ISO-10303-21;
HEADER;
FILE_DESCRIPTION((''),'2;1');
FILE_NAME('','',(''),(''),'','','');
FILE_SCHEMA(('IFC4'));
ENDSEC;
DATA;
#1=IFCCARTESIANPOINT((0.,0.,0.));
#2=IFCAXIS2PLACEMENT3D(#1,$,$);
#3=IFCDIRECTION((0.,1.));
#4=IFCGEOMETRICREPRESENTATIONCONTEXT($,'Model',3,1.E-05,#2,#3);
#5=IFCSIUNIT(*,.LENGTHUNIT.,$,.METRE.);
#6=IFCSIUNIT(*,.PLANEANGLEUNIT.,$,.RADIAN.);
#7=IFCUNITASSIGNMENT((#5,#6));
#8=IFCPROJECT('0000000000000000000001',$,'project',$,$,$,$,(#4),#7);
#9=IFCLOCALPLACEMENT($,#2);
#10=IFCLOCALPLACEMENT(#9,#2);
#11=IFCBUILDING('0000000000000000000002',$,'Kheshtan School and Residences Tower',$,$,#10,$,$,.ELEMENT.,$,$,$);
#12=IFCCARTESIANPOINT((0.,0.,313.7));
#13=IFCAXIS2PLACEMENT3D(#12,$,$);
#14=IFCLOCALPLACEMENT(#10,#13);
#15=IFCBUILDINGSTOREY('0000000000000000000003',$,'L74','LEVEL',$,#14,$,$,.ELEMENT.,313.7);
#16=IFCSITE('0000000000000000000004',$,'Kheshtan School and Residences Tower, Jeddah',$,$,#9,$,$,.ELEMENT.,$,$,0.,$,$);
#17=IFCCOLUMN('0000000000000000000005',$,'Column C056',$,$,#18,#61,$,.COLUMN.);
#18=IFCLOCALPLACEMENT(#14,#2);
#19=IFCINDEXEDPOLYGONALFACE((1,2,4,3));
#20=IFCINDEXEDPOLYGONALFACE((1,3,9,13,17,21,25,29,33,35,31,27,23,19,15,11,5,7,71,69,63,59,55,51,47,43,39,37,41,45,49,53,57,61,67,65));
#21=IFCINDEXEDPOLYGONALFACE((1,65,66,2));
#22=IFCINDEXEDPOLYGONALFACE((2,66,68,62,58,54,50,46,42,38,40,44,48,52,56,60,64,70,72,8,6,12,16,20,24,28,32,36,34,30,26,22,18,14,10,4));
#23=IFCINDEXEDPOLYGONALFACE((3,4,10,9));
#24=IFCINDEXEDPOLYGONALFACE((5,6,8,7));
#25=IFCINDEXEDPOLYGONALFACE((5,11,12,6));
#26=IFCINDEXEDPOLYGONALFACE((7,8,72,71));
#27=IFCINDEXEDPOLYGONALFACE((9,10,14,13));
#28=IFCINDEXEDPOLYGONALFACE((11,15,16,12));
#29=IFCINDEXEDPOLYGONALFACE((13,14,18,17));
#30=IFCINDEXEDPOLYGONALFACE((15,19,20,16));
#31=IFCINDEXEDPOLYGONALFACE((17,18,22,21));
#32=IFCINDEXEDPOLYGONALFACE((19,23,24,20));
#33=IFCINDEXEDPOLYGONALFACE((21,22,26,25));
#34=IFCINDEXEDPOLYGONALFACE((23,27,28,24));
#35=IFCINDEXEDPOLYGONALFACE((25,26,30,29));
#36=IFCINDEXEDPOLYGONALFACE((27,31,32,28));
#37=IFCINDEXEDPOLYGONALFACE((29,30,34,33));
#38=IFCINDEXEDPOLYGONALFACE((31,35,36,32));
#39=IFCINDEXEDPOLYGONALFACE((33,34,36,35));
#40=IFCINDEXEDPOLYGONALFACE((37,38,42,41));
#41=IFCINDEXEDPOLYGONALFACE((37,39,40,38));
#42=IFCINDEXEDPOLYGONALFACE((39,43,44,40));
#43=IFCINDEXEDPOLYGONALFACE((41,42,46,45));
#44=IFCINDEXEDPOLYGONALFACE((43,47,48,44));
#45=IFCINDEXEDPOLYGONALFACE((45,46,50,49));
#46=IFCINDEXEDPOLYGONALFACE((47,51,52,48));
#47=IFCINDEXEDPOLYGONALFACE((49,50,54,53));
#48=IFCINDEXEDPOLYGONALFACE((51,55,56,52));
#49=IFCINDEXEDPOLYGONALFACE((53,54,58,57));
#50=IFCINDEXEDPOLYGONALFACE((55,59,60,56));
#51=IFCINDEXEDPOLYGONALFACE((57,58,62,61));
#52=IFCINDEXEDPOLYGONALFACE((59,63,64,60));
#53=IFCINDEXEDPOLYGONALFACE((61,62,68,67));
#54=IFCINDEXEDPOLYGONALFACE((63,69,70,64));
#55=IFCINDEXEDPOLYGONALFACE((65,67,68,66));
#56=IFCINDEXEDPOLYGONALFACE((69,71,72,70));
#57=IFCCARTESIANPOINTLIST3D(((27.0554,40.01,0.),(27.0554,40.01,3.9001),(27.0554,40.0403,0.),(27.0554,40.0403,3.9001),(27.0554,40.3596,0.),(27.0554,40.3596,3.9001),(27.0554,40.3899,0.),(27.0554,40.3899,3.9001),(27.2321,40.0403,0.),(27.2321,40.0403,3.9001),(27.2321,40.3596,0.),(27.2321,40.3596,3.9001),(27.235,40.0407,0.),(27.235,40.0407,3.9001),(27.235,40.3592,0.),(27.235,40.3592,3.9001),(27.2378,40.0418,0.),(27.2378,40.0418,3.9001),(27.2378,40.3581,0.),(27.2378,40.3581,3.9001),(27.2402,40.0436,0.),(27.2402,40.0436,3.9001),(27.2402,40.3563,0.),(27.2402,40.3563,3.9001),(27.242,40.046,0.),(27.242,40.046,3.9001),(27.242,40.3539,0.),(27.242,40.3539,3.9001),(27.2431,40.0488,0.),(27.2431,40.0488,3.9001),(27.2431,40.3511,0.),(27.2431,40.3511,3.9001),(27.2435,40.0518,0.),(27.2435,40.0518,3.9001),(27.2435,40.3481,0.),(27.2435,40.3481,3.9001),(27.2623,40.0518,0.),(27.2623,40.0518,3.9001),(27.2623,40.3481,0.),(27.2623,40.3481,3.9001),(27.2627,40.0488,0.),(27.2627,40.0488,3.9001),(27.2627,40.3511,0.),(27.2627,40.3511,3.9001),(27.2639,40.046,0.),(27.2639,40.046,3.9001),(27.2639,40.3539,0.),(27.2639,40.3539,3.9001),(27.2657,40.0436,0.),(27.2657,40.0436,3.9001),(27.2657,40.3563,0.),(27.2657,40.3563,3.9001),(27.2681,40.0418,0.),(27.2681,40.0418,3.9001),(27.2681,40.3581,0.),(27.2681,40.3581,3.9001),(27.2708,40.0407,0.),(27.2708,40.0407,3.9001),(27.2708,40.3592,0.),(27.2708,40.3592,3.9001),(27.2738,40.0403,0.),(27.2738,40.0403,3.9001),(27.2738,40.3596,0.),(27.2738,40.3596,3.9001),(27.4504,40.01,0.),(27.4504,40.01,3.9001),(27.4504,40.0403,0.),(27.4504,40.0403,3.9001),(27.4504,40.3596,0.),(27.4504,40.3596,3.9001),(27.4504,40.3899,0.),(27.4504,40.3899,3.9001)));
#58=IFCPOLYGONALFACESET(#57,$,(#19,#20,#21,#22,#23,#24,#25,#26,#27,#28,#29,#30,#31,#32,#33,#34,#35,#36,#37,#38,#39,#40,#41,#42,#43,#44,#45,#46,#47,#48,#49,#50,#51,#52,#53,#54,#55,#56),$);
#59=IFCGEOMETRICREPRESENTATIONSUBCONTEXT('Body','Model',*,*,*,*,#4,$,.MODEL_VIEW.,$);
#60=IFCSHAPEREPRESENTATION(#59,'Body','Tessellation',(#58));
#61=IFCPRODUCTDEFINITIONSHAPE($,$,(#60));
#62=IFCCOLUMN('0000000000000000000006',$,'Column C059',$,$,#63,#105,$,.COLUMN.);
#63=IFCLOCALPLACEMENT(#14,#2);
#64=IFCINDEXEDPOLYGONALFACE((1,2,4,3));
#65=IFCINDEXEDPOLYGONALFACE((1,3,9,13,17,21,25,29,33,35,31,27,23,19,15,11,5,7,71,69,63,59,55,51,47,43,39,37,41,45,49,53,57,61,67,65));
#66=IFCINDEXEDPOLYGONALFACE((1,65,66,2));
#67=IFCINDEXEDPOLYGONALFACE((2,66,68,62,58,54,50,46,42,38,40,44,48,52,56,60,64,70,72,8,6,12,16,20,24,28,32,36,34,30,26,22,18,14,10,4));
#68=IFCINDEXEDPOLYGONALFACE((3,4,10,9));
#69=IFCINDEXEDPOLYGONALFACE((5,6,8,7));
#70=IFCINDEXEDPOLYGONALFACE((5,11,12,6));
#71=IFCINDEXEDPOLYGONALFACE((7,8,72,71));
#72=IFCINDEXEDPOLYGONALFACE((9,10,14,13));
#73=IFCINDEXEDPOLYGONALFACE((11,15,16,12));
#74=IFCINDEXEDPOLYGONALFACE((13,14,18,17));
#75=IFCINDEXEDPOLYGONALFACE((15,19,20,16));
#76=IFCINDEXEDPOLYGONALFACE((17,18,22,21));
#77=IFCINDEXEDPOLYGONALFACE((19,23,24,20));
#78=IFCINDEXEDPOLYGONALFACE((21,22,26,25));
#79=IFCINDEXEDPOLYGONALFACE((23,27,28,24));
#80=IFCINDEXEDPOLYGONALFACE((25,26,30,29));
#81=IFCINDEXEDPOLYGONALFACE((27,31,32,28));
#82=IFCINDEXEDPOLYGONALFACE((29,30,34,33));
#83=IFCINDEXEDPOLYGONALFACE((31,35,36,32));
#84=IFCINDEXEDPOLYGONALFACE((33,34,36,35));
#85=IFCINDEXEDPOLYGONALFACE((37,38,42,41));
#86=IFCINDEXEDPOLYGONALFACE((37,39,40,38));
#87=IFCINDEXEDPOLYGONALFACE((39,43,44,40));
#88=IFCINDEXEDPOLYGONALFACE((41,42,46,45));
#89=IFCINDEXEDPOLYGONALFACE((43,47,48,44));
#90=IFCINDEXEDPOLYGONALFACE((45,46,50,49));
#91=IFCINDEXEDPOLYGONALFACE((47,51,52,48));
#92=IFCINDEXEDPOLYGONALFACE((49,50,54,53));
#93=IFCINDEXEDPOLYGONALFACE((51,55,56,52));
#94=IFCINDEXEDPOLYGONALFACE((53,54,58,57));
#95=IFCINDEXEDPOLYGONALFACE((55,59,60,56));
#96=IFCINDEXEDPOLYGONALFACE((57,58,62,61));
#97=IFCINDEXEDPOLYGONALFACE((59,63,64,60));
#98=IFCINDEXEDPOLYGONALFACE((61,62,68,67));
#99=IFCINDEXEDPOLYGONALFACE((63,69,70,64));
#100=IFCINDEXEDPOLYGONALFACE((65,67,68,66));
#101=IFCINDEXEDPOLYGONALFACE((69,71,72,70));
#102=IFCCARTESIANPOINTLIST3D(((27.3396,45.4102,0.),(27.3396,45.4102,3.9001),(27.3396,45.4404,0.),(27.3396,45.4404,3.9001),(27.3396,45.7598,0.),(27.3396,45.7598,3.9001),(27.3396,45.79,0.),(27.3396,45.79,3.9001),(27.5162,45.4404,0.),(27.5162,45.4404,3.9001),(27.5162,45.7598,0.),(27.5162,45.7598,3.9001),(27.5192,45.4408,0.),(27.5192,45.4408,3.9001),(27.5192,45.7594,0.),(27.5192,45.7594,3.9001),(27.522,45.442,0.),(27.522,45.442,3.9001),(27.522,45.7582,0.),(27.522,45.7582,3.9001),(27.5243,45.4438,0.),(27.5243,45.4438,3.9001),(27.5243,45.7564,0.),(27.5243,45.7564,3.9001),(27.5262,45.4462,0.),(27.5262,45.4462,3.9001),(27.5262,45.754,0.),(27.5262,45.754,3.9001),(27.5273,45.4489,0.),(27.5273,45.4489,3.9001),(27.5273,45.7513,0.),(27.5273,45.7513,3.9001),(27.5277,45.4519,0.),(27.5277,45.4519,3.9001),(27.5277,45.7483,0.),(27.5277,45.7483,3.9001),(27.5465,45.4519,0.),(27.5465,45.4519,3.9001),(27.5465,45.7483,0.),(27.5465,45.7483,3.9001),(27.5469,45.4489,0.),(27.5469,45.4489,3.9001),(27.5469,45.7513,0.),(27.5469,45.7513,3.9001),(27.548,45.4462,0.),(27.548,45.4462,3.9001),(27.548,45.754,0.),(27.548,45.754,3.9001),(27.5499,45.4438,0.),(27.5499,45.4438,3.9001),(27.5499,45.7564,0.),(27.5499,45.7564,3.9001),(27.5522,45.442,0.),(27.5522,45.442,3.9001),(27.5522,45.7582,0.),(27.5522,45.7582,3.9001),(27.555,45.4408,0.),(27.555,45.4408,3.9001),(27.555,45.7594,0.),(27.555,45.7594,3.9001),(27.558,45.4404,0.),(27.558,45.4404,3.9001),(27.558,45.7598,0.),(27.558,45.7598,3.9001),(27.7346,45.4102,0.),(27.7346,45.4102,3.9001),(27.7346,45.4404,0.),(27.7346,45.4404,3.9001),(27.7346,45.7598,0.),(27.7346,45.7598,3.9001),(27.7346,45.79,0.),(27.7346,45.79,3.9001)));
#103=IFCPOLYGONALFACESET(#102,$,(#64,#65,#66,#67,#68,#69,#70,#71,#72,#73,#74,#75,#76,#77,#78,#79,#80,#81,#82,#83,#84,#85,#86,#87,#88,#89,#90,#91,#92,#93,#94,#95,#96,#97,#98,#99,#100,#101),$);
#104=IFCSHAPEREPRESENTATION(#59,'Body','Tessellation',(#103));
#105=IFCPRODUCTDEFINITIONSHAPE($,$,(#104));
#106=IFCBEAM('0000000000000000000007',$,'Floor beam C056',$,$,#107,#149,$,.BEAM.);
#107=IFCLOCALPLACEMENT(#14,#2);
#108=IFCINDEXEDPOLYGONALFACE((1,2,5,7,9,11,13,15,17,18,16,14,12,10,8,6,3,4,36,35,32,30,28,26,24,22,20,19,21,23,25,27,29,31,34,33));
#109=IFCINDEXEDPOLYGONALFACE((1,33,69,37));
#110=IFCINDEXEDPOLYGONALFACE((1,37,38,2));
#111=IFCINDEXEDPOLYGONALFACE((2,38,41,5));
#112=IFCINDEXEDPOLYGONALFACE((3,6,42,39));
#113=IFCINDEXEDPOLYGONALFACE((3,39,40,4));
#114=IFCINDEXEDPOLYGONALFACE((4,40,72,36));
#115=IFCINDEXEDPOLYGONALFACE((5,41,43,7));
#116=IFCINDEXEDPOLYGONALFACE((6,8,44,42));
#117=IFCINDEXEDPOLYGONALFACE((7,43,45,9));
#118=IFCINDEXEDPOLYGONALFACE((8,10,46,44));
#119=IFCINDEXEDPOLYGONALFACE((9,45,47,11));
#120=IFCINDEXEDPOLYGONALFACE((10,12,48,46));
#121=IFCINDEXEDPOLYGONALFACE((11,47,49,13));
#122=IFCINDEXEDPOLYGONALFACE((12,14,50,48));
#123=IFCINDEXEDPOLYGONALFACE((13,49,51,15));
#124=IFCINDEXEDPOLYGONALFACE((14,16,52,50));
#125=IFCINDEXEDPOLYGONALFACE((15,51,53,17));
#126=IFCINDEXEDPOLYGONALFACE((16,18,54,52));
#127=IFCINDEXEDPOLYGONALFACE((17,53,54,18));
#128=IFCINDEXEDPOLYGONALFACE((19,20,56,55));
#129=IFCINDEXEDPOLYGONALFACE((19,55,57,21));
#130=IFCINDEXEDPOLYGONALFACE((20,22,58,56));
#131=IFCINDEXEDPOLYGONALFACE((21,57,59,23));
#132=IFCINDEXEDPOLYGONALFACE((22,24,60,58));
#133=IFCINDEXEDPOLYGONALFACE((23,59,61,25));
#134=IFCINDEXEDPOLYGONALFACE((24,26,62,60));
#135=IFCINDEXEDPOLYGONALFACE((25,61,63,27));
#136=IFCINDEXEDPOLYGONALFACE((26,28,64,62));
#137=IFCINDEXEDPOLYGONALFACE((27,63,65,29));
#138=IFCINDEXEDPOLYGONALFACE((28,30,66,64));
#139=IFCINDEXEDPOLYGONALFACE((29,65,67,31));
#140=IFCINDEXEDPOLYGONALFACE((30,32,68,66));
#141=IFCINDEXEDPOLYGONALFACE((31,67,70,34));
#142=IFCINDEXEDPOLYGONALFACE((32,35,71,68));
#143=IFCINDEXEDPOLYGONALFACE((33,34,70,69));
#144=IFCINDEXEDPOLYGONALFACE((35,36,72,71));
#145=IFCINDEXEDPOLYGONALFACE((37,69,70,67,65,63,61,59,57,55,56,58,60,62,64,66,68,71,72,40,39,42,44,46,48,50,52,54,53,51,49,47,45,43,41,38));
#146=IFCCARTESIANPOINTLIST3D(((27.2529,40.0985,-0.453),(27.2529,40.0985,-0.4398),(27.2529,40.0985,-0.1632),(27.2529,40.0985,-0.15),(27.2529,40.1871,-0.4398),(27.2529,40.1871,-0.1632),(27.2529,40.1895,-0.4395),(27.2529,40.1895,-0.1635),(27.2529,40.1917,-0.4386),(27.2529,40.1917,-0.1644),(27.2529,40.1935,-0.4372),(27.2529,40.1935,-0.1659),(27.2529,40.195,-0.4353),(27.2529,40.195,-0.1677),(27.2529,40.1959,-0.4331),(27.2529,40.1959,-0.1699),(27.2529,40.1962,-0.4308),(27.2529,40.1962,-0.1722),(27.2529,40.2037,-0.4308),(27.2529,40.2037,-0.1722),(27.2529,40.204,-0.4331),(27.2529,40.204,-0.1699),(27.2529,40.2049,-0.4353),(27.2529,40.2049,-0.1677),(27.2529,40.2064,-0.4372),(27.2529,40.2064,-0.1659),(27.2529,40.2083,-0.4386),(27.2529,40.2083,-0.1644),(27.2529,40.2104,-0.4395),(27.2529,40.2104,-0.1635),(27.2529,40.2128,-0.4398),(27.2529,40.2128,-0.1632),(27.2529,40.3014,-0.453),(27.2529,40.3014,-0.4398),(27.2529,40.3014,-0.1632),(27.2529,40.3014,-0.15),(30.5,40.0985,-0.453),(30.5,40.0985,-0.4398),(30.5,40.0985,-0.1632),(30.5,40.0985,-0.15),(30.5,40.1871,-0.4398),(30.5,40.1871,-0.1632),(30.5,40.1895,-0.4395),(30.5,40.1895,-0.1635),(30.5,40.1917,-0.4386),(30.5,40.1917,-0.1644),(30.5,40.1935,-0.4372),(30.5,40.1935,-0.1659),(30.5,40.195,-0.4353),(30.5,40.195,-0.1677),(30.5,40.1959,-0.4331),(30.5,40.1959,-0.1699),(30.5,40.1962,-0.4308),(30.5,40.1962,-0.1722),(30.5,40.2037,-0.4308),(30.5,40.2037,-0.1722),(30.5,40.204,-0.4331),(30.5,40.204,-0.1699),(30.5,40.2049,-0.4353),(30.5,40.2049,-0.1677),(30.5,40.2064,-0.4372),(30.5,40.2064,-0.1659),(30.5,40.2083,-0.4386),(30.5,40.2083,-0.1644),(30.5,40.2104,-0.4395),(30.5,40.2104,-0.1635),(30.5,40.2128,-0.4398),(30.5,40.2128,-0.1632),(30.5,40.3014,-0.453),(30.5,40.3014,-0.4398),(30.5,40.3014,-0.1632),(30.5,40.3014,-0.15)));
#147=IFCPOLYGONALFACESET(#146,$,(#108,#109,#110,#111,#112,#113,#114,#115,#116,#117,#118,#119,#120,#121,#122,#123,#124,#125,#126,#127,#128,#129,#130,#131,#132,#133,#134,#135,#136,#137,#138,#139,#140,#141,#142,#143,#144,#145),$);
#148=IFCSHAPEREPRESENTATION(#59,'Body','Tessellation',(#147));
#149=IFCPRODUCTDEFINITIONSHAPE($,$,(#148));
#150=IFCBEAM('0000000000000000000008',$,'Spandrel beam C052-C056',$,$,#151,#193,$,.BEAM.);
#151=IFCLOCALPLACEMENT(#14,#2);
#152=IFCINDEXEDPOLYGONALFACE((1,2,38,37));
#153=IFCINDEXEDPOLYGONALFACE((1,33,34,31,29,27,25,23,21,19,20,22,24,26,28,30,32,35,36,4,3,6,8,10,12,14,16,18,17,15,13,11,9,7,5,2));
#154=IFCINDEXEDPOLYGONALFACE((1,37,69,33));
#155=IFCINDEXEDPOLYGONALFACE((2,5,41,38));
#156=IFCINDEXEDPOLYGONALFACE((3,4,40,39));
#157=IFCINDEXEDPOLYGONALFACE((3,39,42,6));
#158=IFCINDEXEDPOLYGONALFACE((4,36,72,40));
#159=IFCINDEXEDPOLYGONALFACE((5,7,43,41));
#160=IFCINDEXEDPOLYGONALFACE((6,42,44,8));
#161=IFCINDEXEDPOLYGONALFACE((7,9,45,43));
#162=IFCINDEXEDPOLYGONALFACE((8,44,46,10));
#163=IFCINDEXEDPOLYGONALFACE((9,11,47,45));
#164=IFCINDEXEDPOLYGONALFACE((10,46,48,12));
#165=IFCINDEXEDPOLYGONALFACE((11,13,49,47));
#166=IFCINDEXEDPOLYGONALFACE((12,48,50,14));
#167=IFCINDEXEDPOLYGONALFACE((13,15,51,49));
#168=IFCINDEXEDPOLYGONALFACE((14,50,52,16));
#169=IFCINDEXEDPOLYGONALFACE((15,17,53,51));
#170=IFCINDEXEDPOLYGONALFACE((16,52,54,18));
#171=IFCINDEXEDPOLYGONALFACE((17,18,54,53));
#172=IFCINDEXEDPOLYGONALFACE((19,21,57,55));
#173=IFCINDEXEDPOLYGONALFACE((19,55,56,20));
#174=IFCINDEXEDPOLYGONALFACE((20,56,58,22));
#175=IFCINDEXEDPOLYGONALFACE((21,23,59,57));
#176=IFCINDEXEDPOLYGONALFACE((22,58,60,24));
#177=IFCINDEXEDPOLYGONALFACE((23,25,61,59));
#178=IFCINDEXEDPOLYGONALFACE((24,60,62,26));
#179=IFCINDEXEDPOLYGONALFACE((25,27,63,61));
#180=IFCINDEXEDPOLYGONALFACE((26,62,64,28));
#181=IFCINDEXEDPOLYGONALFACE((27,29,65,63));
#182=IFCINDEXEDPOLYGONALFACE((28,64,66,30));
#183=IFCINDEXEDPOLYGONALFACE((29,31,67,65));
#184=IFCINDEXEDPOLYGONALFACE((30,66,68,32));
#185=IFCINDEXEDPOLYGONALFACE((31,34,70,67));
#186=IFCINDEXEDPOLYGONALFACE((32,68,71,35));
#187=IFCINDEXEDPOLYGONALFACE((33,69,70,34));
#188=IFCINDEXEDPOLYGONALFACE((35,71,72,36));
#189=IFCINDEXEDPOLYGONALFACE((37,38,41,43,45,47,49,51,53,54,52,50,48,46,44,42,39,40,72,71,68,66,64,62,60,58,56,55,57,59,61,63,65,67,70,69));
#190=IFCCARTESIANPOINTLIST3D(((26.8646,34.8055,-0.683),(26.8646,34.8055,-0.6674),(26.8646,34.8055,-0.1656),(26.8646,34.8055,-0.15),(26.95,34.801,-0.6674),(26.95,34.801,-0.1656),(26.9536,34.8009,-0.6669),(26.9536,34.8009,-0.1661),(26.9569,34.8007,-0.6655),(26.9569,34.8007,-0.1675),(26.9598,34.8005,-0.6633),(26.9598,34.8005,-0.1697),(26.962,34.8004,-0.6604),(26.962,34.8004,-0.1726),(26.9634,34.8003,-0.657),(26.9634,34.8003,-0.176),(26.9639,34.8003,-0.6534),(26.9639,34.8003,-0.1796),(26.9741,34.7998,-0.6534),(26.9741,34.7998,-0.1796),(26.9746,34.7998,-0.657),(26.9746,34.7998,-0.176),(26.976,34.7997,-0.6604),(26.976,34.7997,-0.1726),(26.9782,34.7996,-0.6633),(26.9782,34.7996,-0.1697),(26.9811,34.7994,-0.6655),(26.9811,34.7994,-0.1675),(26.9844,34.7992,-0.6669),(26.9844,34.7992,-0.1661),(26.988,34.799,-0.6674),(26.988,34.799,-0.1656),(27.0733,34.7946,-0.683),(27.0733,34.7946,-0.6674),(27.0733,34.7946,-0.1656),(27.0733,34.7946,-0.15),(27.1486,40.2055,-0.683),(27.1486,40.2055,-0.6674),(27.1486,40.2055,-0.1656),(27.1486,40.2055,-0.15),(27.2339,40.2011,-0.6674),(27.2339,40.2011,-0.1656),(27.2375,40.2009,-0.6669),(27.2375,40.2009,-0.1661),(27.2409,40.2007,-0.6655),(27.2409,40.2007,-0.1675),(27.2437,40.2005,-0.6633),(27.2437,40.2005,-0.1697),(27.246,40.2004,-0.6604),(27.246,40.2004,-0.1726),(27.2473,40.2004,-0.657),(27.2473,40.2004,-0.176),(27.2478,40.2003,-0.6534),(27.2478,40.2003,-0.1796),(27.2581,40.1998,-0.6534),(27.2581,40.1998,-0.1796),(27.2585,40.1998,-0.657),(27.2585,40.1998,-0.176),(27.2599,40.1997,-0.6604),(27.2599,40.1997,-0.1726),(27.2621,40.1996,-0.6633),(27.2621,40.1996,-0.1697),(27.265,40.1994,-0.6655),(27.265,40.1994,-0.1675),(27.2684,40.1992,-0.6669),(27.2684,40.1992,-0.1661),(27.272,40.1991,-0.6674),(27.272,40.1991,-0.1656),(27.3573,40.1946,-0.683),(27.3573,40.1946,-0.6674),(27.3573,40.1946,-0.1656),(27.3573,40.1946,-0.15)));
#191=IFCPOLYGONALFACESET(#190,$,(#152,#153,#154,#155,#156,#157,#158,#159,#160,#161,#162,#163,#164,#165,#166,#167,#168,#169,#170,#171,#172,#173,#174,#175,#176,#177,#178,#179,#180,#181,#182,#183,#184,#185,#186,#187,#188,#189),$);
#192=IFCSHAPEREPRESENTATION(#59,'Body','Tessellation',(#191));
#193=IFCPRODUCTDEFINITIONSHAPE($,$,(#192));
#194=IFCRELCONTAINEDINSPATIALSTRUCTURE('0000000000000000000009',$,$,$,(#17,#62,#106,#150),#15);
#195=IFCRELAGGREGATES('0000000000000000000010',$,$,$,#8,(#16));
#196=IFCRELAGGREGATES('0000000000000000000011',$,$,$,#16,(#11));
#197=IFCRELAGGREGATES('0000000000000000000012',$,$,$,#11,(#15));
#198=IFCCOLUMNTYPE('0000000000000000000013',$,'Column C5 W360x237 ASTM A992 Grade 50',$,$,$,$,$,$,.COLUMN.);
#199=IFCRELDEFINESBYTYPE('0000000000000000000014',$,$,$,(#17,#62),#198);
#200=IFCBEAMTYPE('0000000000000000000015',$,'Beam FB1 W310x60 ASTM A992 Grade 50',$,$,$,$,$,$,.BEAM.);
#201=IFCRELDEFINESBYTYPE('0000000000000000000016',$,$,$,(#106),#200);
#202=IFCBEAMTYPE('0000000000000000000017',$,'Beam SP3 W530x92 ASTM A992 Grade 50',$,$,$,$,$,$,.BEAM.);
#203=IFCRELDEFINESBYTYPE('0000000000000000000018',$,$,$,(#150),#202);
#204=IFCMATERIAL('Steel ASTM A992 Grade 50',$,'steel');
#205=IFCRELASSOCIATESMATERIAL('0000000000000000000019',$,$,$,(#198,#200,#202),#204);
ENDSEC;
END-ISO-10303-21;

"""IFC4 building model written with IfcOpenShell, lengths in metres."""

from ifc_helpers import new_model, si_unit, direction, frame, origin, origin_2d, place, context, subcontext, project, spatial, i_section, extrude, material, material_profile, profile_set, type_object, element, save


model = new_model("IFC4")

# Units and contexts
model_context = context("Model", 3, precision=1e-05, world=origin(), true_north=direction((0.0, 1.0)))
body_context = subcontext(model_context, "Body", "Model", "MODEL_VIEW")
ifc_project = project(units=[si_unit("LENGTHUNIT", "METRE"), si_unit("PLANEANGLEUNIT", "RADIAN")], contexts=[model_context])

# Site, building, storey
site_placement = place(None, origin())
site = spatial("IfcSite", under=ifc_project, at=site_placement, Name="Kheshtan School and Residences Tower, Jeddah", CompositionType="ELEMENT", RefElevation=0.0)
building_placement = place(site_placement, origin())
building = spatial("IfcBuilding", under=site, at=building_placement, Name="Kheshtan School and Residences Tower", CompositionType="ELEMENT")
storey_placement = place(building_placement, frame((0.0, 0.0, 313.7)))
storey = spatial("IfcBuildingStorey", under=building, at=storey_placement, Name="L74", Description="LEVEL", CompositionType="ELEMENT", Elevation=313.7)

# Columns
ifc_material_1 = material(Name="Steel ASTM A992 Grade 50", Category="steel")
ifc_material_profile_1 = material_profile(ifc_material_1, i_section(OverallWidth=0.395, OverallDepth=0.3799, WebThickness=0.0188, FlangeThickness=0.0303, FilletRadius=0.0115, at=origin_2d()), Name="W360x237")
ifc_profile_set_1 = profile_set([ifc_material_profile_1], Name="Steel ASTM A992 Grade 50")
column_type = type_object("IfcColumnType", Name="Column C5 W360x237 ASTM A992 Grade 50", PredefinedType="COLUMN", material=ifc_profile_set_1)
for number, where, z_axis, x_axis, name in (
    (1, (27.2529, 40.2, 0.0), (0.0, 0.0, 1.0), (1.0, 0.0, 0.0), "Column C056"),
    (2, (27.5371, 45.6001, 0.0), (0.0, 0.0, 1.0), (1.0, 0.0, 0.0), "Column C059"),
):
    element("IfcColumn", number, at=place(storey_placement, frame(where, z_axis=z_axis, x_axis=x_axis)), inside=storey, type_object=column_type, Name=name, PredefinedType="COLUMN", context=body_context, shape_type="SweptSolid", body=[
        extrude(i_section(OverallWidth=0.395, OverallDepth=0.3799, WebThickness=0.0188, FlangeThickness=0.0303, FilletRadius=0.0115, at=origin_2d()), origin(), (0.0, 0.0, 1.0), 3.9001),
    ])

# Beams
ifc_material_profile_2 = material_profile(ifc_material_1, i_section(OverallWidth=0.2029, OverallDepth=0.303, WebThickness=0.0076, FlangeThickness=0.0132, FilletRadius=0.009, at=origin_2d()), Name="W310x60")
ifc_profile_set_2 = profile_set([ifc_material_profile_2], Name="Steel ASTM A992 Grade 50")
beam_type_1 = type_object("IfcBeamType", Name="Beam FB1 W310x60 ASTM A992 Grade 50", PredefinedType="BEAM", material=ifc_profile_set_2)
beam_1_placement = place(storey_placement, frame((27.2529, 40.2, -0.3015), z_axis=(1.0, 0.0, 0.0), x_axis=(0.0, 1.0, 0.0)))
element("IfcBeam", 3, at=beam_1_placement, inside=storey, type_object=beam_type_1, Name="Floor beam C056", PredefinedType="BEAM", context=body_context, shape_type="SweptSolid", body=[
    extrude(i_section(OverallWidth=0.2029, OverallDepth=0.303, WebThickness=0.0076, FlangeThickness=0.0132, FilletRadius=0.009, at=origin_2d()), origin(), (0.0, 0.0, 1.0), 3.2471),
])
ifc_material_profile_3 = material_profile(ifc_material_1, i_section(OverallWidth=0.209, OverallDepth=0.533, WebThickness=0.0103, FlangeThickness=0.0156, FilletRadius=0.0139, at=origin_2d()), Name="W530x92")
ifc_profile_set_3 = profile_set([ifc_material_profile_3], Name="Steel ASTM A992 Grade 50")
beam_type_2 = type_object("IfcBeamType", Name="Beam SP3 W530x92 ASTM A992 Grade 50", PredefinedType="BEAM", material=ifc_profile_set_3)
beam_2_placement = place(storey_placement, frame((26.969, 34.8, -0.4165), z_axis=(0.052509, 0.99862, 0.0), x_axis=(-0.99862, 0.052509, 0.0)))
element("IfcBeam", 4, at=beam_2_placement, inside=storey, type_object=beam_type_2, Name="Spandrel beam C052-C056", PredefinedType="BEAM", context=body_context, shape_type="SweptSolid", body=[
    extrude(i_section(OverallWidth=0.209, OverallDepth=0.533, WebThickness=0.0103, FlangeThickness=0.0156, FilletRadius=0.0139, at=origin_2d()), origin(), (0.0, 0.0, 1.0), 5.4075),
])

save(model, "model.ifc")
